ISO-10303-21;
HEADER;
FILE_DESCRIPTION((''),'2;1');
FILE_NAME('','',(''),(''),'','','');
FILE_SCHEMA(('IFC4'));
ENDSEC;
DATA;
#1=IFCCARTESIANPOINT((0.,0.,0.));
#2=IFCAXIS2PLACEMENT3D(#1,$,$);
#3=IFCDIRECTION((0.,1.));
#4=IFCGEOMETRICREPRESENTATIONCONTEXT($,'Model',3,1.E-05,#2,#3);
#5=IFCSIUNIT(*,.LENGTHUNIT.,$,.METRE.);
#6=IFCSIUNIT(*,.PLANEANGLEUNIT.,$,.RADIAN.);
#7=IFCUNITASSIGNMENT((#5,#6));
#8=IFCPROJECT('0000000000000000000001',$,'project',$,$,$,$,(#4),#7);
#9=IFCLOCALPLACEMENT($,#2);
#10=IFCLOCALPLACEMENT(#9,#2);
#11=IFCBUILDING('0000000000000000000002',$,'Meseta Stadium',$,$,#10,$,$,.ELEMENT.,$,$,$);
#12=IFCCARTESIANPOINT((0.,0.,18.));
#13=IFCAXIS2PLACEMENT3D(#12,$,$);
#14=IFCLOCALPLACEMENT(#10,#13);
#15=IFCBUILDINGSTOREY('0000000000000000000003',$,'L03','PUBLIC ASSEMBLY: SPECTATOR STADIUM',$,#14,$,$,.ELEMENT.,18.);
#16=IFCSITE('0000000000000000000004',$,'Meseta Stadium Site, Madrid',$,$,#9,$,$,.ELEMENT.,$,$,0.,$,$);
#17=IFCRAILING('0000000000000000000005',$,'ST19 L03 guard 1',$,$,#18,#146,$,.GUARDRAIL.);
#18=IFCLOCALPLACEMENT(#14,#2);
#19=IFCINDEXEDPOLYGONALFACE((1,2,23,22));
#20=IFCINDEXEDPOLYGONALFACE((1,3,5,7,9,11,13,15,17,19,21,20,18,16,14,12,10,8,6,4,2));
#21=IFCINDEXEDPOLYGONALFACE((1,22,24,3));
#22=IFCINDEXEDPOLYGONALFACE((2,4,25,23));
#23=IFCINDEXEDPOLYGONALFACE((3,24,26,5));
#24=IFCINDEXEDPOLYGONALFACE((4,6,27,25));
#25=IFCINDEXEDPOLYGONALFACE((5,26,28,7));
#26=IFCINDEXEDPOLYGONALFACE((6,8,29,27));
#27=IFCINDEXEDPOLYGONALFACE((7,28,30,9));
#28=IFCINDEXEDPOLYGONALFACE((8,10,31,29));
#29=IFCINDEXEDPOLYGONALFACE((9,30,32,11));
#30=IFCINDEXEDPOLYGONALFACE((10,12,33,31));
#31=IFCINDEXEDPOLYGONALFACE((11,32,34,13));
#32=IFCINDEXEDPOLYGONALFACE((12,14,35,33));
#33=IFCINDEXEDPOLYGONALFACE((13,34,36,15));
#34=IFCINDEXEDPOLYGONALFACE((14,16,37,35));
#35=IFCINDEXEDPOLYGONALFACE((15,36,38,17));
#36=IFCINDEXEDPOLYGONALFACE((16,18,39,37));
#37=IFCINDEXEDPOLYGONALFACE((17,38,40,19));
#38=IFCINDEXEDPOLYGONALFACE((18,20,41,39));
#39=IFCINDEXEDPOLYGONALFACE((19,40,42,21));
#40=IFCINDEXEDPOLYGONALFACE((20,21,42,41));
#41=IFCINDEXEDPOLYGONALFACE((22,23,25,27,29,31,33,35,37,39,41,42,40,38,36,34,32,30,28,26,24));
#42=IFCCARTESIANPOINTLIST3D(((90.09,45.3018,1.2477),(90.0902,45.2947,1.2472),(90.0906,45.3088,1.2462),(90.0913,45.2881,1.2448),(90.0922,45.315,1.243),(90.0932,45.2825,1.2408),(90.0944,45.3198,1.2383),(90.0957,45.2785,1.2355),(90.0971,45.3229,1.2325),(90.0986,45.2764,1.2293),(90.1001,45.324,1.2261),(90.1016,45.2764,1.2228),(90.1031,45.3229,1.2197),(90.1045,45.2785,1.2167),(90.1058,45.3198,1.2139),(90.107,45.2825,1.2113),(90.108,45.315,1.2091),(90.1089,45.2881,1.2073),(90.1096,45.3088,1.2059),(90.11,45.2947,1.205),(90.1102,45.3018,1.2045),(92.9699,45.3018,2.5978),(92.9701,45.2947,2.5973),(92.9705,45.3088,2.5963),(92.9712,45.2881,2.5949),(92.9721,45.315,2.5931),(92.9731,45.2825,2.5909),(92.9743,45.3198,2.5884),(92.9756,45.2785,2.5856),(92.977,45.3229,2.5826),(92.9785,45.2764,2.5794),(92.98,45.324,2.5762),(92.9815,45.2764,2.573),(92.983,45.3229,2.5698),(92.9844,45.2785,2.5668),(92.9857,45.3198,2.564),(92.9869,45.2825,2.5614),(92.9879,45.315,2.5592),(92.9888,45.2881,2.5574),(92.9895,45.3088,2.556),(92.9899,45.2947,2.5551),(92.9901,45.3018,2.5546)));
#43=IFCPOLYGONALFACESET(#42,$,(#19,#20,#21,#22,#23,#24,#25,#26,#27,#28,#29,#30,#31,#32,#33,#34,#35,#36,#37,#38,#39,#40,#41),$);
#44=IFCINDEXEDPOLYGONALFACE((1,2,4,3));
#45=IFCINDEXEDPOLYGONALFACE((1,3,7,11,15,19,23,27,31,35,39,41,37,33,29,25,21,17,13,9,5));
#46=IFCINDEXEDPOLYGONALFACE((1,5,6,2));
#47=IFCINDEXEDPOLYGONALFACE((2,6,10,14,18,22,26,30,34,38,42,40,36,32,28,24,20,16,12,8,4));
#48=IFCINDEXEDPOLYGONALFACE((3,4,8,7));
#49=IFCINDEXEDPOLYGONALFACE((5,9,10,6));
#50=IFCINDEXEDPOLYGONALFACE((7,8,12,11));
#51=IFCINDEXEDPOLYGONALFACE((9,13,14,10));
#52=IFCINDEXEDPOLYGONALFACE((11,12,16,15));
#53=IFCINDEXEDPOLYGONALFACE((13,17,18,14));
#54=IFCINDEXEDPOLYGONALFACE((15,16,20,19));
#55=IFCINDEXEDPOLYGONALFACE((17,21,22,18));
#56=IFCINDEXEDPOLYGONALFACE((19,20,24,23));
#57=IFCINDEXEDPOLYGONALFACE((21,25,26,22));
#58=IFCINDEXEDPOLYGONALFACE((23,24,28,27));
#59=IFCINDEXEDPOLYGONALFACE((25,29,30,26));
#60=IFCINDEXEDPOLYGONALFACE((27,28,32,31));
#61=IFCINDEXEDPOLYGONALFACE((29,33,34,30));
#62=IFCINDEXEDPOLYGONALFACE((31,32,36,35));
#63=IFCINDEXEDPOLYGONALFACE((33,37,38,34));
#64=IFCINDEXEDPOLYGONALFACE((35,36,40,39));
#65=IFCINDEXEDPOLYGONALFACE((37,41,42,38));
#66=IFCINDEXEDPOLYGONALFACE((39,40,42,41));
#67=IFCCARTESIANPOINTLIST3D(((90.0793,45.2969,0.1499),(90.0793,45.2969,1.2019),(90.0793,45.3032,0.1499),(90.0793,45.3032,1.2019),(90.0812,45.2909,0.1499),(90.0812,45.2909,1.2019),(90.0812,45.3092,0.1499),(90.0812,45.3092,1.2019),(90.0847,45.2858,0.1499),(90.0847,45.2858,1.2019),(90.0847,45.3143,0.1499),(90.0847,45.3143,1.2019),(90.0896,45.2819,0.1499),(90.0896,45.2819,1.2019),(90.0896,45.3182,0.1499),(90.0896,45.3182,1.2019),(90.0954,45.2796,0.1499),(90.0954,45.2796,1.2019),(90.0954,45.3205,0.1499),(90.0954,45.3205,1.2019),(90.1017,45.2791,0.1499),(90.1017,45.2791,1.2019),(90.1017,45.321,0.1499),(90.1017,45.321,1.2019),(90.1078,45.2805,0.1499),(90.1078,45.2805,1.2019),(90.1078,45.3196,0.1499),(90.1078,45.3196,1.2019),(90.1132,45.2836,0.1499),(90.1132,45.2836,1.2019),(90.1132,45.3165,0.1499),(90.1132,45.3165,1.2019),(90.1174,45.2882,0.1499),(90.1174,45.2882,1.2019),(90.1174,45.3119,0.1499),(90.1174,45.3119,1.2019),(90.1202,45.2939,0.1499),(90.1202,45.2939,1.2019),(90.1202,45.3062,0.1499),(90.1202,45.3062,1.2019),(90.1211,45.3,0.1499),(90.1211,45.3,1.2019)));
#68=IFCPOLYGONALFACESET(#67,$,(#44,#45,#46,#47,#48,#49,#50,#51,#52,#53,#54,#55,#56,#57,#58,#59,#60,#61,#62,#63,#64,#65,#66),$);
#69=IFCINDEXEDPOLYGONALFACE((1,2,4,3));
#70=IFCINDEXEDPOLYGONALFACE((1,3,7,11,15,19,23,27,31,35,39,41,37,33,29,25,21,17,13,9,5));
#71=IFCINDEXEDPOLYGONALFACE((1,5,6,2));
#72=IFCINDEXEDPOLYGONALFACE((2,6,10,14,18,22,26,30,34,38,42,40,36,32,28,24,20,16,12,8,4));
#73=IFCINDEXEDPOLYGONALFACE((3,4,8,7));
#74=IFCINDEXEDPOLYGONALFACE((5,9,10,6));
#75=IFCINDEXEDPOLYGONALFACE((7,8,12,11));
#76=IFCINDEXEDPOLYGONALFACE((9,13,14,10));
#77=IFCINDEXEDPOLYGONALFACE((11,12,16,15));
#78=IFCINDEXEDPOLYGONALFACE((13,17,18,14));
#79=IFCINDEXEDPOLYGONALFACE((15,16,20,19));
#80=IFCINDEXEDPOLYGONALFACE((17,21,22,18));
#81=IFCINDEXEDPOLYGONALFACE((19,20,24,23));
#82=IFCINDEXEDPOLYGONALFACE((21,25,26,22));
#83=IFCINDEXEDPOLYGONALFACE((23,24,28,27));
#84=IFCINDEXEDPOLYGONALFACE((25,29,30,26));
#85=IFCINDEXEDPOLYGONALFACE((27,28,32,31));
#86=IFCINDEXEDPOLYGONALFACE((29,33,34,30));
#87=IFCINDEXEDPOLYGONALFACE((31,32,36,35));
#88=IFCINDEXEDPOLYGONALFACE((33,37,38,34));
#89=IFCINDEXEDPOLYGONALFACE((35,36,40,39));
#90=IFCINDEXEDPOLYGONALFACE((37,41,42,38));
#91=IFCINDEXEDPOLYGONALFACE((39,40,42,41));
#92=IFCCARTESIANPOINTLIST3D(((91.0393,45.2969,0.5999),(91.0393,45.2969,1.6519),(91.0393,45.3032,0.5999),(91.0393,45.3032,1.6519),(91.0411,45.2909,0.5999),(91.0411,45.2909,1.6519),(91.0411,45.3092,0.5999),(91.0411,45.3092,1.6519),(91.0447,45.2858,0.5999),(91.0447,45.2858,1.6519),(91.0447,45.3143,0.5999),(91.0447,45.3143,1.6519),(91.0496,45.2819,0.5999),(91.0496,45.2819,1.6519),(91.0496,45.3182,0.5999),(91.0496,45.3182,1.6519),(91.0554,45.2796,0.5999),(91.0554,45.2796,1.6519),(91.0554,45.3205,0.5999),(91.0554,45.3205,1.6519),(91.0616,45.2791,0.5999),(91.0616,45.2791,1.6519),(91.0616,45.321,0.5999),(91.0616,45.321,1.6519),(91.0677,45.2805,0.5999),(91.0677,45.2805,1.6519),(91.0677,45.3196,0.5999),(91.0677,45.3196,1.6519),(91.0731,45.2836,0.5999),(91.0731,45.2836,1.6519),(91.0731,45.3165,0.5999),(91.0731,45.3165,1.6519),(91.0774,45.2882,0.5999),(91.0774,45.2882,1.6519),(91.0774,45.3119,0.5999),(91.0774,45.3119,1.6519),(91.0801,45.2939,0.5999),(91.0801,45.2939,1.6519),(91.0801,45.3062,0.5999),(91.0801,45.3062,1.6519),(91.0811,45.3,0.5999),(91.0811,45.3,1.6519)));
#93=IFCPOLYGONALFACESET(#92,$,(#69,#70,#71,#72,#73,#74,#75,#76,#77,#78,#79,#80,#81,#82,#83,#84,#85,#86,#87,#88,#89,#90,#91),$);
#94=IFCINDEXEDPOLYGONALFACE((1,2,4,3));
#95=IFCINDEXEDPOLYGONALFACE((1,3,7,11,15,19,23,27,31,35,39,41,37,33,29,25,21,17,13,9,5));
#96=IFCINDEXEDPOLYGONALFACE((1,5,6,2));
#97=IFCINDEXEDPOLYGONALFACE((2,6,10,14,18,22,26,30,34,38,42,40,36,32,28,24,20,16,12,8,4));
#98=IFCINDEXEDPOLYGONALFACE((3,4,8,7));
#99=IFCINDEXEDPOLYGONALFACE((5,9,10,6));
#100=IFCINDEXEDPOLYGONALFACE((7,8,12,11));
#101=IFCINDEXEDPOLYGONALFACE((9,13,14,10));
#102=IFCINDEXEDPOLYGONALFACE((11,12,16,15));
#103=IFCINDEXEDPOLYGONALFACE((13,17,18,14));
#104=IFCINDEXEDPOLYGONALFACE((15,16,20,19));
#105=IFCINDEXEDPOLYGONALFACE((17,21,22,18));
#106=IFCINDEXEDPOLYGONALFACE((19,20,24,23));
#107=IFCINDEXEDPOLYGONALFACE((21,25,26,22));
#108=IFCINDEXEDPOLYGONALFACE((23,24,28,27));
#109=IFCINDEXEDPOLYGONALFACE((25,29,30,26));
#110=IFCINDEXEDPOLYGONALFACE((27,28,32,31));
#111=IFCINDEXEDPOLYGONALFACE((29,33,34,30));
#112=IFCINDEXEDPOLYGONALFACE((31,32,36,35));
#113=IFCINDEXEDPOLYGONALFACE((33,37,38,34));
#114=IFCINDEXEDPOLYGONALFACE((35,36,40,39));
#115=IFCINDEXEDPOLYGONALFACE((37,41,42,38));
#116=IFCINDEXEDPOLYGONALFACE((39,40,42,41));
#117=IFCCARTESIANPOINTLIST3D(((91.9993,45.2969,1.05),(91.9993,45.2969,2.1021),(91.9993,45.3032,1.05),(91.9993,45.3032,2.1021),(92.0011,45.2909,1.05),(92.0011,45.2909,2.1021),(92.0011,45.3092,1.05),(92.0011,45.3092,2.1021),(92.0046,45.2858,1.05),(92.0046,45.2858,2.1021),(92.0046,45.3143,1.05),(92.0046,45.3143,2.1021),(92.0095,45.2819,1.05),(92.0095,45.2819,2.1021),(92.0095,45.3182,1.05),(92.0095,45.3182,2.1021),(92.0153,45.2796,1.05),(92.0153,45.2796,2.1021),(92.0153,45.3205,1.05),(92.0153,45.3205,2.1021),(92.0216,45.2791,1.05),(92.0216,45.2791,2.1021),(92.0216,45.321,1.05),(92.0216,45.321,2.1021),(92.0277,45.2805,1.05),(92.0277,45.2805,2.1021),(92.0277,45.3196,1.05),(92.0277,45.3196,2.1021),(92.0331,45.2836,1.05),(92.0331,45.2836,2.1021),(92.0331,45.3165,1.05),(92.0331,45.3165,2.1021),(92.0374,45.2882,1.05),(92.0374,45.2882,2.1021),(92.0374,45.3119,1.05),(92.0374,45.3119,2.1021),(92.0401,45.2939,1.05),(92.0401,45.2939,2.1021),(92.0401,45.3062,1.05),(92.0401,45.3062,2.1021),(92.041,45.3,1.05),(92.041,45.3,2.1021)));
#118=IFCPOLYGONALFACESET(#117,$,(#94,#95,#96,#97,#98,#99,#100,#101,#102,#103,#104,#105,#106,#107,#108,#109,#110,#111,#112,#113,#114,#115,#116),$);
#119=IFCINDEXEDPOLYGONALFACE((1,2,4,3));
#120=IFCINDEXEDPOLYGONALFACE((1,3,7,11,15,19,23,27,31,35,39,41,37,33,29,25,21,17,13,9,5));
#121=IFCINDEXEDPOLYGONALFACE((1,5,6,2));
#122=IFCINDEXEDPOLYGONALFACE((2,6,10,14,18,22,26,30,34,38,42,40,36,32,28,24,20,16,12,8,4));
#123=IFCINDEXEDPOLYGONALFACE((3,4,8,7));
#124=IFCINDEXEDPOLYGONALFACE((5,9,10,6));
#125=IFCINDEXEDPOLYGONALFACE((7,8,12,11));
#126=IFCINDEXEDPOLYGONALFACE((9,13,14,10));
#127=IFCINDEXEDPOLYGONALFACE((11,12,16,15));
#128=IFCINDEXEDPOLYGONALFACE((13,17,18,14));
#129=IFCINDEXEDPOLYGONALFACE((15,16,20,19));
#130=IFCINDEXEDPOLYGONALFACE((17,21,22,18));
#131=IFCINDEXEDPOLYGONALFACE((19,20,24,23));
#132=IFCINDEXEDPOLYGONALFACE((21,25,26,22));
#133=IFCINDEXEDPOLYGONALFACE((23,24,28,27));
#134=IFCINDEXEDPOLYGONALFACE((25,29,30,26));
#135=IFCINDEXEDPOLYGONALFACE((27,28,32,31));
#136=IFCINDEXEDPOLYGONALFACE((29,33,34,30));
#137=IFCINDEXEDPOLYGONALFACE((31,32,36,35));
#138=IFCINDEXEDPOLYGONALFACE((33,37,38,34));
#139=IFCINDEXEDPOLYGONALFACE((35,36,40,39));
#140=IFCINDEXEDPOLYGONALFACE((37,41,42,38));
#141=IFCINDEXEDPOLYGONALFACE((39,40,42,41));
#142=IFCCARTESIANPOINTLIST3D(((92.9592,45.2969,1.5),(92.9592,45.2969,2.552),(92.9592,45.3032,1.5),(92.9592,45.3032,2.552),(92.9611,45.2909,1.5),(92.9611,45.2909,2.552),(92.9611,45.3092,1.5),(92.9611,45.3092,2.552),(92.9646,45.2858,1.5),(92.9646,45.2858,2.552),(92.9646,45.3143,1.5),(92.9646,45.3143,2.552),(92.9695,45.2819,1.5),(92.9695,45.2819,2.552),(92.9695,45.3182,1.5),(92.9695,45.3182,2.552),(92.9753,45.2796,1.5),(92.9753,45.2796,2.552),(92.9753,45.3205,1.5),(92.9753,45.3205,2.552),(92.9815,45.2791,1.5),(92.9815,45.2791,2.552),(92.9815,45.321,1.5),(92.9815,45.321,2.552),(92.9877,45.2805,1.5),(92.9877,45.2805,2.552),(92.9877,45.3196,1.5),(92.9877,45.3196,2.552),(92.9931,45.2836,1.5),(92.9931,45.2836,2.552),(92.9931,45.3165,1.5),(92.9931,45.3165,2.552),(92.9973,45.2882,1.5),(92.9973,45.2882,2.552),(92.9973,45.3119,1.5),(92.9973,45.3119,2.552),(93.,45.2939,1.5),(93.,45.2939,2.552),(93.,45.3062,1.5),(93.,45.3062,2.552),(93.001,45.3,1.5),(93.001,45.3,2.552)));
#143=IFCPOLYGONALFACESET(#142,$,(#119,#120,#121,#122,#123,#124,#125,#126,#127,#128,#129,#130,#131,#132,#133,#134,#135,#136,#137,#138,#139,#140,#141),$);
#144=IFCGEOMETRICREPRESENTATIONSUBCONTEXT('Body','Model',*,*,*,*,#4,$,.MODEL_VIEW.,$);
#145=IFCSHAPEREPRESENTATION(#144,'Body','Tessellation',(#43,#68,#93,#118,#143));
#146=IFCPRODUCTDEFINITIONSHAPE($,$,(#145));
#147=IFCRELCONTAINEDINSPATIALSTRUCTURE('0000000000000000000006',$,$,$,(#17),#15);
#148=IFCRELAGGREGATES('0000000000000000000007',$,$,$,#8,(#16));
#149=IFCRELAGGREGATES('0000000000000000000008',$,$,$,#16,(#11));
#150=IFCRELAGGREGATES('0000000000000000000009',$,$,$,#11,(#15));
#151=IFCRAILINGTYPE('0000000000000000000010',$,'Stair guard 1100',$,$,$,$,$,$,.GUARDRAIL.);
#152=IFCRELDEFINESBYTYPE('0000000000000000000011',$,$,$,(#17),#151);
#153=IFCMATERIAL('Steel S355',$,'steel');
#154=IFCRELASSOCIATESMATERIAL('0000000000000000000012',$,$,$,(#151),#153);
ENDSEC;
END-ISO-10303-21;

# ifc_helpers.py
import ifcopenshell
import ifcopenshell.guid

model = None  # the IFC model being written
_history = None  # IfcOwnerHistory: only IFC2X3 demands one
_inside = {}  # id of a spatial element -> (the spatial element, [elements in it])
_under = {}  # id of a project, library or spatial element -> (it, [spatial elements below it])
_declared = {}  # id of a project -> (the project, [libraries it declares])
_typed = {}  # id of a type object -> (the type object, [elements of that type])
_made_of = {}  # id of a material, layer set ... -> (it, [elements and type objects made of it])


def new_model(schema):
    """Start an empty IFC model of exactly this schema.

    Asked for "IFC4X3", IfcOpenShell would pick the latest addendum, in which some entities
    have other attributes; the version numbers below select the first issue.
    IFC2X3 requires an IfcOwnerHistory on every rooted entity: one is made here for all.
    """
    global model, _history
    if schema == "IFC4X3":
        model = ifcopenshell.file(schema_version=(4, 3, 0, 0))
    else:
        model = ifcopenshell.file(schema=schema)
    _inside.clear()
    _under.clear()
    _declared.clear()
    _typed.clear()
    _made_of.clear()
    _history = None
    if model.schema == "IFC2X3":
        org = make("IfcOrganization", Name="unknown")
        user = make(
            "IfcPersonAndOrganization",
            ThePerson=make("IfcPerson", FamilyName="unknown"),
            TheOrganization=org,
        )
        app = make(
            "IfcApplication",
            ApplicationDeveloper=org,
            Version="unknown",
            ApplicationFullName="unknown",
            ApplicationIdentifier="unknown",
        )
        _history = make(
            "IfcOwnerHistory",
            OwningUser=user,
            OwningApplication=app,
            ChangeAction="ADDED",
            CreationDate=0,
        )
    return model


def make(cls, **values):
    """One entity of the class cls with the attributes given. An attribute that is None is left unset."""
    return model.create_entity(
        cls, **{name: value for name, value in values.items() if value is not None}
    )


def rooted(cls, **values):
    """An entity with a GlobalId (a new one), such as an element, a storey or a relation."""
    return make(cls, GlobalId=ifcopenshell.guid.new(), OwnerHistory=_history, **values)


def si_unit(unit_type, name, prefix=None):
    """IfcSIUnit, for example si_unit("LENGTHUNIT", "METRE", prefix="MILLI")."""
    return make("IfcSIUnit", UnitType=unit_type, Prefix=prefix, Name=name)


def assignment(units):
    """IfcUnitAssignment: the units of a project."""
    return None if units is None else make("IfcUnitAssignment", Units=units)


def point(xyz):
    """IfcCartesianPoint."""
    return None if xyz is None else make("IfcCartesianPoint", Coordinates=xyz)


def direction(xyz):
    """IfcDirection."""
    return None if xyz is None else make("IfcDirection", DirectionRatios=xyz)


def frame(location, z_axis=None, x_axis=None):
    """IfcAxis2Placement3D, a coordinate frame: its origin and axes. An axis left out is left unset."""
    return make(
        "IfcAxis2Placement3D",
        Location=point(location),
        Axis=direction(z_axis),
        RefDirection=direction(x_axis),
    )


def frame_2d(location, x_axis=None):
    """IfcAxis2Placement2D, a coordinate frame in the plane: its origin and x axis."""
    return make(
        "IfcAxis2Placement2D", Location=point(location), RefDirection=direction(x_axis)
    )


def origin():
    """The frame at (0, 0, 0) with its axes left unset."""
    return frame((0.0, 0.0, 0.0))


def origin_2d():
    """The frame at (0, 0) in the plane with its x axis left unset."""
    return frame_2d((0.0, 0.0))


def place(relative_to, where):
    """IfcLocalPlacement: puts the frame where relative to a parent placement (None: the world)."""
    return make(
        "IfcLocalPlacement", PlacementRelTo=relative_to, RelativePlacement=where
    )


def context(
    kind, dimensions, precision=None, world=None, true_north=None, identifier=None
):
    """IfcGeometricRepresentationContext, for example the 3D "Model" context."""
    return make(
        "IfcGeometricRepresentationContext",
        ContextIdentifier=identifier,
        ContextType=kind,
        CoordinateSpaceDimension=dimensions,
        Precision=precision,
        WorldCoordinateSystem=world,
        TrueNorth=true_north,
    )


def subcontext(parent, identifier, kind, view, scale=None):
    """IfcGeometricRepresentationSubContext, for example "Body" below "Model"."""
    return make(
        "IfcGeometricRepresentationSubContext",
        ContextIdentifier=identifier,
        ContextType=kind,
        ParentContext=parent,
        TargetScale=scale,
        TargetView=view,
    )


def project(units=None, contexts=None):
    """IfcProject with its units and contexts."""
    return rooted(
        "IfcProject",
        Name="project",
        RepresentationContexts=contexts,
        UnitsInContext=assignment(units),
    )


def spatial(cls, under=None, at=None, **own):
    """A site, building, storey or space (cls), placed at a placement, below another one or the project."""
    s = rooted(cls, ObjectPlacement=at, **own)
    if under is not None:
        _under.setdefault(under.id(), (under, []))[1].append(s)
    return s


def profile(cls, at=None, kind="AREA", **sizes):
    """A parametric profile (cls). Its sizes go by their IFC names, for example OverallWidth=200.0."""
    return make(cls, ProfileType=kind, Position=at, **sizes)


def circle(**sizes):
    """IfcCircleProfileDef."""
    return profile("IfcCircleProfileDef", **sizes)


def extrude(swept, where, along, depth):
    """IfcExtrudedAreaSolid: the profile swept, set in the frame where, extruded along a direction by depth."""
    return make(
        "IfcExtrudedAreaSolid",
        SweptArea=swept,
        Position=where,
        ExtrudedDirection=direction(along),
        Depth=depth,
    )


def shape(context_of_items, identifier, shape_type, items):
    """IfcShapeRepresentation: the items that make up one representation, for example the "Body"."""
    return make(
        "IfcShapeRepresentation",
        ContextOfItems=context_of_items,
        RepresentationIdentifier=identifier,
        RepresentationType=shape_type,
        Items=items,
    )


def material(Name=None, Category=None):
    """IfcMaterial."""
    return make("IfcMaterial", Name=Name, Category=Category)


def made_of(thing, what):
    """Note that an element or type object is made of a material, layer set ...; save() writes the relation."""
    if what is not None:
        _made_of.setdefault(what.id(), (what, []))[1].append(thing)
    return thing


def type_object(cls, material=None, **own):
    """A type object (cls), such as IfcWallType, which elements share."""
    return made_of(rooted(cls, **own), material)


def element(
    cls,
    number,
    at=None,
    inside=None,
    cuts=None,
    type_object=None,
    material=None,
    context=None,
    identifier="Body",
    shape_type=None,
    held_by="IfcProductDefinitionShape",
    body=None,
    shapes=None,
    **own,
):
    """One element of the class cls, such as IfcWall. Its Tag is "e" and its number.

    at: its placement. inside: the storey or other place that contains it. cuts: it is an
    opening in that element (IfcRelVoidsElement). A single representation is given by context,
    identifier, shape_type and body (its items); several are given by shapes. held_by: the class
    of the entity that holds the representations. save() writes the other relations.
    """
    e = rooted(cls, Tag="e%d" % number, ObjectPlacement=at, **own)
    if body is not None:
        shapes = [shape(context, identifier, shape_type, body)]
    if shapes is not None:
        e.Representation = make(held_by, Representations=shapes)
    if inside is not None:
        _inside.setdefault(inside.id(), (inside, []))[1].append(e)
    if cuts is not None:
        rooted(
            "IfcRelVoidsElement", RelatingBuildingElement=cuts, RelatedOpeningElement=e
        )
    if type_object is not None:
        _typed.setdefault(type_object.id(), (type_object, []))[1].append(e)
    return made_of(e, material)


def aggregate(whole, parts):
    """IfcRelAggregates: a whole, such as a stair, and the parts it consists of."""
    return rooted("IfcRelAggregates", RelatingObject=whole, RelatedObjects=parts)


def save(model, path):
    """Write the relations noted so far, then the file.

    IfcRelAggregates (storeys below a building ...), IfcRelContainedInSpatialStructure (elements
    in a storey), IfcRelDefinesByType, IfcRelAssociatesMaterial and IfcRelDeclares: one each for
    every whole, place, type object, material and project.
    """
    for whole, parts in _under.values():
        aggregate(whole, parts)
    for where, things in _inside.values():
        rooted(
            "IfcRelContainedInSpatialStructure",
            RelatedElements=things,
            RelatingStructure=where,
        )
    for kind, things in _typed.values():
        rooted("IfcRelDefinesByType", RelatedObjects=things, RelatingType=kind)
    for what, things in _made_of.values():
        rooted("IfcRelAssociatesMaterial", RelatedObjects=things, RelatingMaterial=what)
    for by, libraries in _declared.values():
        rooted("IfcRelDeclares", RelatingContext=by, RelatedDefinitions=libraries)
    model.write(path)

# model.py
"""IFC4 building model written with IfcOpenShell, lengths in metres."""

from ifc_helpers import new_model, si_unit, direction, frame, origin, origin_2d, place, context, subcontext, project, spatial, circle, extrude, material, type_object, element, save


model = new_model("IFC4")

# Units and contexts
model_context = context("Model", 3, precision=1e-05, world=origin(), true_north=direction((0.0, 1.0)))
body_context = subcontext(model_context, "Body", "Model", "MODEL_VIEW")
ifc_project = project(units=[si_unit("LENGTHUNIT", "METRE"), si_unit("PLANEANGLEUNIT", "RADIAN")], contexts=[model_context])

# Site, building, storey
site_placement = place(None, origin())
site = spatial("IfcSite", under=ifc_project, at=site_placement, Name="Meseta Stadium Site, Madrid", CompositionType="ELEMENT", RefElevation=0.0)
building_placement = place(site_placement, origin())
building = spatial("IfcBuilding", under=site, at=building_placement, Name="Meseta Stadium", CompositionType="ELEMENT")
storey_placement = place(building_placement, frame((0.0, 0.0, 18.0)))
storey = spatial("IfcBuildingStorey", under=building, at=storey_placement, Name="L03", Description="PUBLIC ASSEMBLY: SPECTATOR STADIUM", CompositionType="ELEMENT", Elevation=18.0)

# Railing
ifc_material_1 = material(Name="Steel S355", Category="steel")
railing_type_1 = type_object("IfcRailingType", Name="Stair guard 1100", PredefinedType="GUARDRAIL", material=ifc_material_1)
railing_1_placement = place(storey_placement, frame((90.1001, 45.3, 0.1499)))
element("IfcRailing", 1, at=railing_1_placement, inside=storey, type_object=railing_type_1, Name="ST19 L03 guard 1", PredefinedType="GUARDRAIL", context=body_context, shape_type="SweptSolid", body=[
    extrude(circle(Radius=0.0239, at=origin_2d()), frame((0.0, 0.0, 1.0762), z_axis=(0.90544, 0.0, 0.424473), x_axis=(0.0, 1.0, 0.0)), (0.0, 0.0, 1.0), 3.1807),
    extrude(circle(Radius=0.021, at=origin_2d()), origin(), (0.0, 0.0, 1.0), 1.052),
    extrude(circle(Radius=0.021, at=origin_2d()), frame((0.96, 0.0, 0.45)), (0.0, 0.0, 1.0), 1.052),
    extrude(circle(Radius=0.021, at=origin_2d()), frame((1.9199, 0.0, 0.9001)), (0.0, 0.0, 1.0), 1.052),
    extrude(circle(Radius=0.021, at=origin_2d()), frame((2.8799, 0.0, 1.3501)), (0.0, 0.0, 1.0), 1.052),
])

save(model, "model.ifc")
